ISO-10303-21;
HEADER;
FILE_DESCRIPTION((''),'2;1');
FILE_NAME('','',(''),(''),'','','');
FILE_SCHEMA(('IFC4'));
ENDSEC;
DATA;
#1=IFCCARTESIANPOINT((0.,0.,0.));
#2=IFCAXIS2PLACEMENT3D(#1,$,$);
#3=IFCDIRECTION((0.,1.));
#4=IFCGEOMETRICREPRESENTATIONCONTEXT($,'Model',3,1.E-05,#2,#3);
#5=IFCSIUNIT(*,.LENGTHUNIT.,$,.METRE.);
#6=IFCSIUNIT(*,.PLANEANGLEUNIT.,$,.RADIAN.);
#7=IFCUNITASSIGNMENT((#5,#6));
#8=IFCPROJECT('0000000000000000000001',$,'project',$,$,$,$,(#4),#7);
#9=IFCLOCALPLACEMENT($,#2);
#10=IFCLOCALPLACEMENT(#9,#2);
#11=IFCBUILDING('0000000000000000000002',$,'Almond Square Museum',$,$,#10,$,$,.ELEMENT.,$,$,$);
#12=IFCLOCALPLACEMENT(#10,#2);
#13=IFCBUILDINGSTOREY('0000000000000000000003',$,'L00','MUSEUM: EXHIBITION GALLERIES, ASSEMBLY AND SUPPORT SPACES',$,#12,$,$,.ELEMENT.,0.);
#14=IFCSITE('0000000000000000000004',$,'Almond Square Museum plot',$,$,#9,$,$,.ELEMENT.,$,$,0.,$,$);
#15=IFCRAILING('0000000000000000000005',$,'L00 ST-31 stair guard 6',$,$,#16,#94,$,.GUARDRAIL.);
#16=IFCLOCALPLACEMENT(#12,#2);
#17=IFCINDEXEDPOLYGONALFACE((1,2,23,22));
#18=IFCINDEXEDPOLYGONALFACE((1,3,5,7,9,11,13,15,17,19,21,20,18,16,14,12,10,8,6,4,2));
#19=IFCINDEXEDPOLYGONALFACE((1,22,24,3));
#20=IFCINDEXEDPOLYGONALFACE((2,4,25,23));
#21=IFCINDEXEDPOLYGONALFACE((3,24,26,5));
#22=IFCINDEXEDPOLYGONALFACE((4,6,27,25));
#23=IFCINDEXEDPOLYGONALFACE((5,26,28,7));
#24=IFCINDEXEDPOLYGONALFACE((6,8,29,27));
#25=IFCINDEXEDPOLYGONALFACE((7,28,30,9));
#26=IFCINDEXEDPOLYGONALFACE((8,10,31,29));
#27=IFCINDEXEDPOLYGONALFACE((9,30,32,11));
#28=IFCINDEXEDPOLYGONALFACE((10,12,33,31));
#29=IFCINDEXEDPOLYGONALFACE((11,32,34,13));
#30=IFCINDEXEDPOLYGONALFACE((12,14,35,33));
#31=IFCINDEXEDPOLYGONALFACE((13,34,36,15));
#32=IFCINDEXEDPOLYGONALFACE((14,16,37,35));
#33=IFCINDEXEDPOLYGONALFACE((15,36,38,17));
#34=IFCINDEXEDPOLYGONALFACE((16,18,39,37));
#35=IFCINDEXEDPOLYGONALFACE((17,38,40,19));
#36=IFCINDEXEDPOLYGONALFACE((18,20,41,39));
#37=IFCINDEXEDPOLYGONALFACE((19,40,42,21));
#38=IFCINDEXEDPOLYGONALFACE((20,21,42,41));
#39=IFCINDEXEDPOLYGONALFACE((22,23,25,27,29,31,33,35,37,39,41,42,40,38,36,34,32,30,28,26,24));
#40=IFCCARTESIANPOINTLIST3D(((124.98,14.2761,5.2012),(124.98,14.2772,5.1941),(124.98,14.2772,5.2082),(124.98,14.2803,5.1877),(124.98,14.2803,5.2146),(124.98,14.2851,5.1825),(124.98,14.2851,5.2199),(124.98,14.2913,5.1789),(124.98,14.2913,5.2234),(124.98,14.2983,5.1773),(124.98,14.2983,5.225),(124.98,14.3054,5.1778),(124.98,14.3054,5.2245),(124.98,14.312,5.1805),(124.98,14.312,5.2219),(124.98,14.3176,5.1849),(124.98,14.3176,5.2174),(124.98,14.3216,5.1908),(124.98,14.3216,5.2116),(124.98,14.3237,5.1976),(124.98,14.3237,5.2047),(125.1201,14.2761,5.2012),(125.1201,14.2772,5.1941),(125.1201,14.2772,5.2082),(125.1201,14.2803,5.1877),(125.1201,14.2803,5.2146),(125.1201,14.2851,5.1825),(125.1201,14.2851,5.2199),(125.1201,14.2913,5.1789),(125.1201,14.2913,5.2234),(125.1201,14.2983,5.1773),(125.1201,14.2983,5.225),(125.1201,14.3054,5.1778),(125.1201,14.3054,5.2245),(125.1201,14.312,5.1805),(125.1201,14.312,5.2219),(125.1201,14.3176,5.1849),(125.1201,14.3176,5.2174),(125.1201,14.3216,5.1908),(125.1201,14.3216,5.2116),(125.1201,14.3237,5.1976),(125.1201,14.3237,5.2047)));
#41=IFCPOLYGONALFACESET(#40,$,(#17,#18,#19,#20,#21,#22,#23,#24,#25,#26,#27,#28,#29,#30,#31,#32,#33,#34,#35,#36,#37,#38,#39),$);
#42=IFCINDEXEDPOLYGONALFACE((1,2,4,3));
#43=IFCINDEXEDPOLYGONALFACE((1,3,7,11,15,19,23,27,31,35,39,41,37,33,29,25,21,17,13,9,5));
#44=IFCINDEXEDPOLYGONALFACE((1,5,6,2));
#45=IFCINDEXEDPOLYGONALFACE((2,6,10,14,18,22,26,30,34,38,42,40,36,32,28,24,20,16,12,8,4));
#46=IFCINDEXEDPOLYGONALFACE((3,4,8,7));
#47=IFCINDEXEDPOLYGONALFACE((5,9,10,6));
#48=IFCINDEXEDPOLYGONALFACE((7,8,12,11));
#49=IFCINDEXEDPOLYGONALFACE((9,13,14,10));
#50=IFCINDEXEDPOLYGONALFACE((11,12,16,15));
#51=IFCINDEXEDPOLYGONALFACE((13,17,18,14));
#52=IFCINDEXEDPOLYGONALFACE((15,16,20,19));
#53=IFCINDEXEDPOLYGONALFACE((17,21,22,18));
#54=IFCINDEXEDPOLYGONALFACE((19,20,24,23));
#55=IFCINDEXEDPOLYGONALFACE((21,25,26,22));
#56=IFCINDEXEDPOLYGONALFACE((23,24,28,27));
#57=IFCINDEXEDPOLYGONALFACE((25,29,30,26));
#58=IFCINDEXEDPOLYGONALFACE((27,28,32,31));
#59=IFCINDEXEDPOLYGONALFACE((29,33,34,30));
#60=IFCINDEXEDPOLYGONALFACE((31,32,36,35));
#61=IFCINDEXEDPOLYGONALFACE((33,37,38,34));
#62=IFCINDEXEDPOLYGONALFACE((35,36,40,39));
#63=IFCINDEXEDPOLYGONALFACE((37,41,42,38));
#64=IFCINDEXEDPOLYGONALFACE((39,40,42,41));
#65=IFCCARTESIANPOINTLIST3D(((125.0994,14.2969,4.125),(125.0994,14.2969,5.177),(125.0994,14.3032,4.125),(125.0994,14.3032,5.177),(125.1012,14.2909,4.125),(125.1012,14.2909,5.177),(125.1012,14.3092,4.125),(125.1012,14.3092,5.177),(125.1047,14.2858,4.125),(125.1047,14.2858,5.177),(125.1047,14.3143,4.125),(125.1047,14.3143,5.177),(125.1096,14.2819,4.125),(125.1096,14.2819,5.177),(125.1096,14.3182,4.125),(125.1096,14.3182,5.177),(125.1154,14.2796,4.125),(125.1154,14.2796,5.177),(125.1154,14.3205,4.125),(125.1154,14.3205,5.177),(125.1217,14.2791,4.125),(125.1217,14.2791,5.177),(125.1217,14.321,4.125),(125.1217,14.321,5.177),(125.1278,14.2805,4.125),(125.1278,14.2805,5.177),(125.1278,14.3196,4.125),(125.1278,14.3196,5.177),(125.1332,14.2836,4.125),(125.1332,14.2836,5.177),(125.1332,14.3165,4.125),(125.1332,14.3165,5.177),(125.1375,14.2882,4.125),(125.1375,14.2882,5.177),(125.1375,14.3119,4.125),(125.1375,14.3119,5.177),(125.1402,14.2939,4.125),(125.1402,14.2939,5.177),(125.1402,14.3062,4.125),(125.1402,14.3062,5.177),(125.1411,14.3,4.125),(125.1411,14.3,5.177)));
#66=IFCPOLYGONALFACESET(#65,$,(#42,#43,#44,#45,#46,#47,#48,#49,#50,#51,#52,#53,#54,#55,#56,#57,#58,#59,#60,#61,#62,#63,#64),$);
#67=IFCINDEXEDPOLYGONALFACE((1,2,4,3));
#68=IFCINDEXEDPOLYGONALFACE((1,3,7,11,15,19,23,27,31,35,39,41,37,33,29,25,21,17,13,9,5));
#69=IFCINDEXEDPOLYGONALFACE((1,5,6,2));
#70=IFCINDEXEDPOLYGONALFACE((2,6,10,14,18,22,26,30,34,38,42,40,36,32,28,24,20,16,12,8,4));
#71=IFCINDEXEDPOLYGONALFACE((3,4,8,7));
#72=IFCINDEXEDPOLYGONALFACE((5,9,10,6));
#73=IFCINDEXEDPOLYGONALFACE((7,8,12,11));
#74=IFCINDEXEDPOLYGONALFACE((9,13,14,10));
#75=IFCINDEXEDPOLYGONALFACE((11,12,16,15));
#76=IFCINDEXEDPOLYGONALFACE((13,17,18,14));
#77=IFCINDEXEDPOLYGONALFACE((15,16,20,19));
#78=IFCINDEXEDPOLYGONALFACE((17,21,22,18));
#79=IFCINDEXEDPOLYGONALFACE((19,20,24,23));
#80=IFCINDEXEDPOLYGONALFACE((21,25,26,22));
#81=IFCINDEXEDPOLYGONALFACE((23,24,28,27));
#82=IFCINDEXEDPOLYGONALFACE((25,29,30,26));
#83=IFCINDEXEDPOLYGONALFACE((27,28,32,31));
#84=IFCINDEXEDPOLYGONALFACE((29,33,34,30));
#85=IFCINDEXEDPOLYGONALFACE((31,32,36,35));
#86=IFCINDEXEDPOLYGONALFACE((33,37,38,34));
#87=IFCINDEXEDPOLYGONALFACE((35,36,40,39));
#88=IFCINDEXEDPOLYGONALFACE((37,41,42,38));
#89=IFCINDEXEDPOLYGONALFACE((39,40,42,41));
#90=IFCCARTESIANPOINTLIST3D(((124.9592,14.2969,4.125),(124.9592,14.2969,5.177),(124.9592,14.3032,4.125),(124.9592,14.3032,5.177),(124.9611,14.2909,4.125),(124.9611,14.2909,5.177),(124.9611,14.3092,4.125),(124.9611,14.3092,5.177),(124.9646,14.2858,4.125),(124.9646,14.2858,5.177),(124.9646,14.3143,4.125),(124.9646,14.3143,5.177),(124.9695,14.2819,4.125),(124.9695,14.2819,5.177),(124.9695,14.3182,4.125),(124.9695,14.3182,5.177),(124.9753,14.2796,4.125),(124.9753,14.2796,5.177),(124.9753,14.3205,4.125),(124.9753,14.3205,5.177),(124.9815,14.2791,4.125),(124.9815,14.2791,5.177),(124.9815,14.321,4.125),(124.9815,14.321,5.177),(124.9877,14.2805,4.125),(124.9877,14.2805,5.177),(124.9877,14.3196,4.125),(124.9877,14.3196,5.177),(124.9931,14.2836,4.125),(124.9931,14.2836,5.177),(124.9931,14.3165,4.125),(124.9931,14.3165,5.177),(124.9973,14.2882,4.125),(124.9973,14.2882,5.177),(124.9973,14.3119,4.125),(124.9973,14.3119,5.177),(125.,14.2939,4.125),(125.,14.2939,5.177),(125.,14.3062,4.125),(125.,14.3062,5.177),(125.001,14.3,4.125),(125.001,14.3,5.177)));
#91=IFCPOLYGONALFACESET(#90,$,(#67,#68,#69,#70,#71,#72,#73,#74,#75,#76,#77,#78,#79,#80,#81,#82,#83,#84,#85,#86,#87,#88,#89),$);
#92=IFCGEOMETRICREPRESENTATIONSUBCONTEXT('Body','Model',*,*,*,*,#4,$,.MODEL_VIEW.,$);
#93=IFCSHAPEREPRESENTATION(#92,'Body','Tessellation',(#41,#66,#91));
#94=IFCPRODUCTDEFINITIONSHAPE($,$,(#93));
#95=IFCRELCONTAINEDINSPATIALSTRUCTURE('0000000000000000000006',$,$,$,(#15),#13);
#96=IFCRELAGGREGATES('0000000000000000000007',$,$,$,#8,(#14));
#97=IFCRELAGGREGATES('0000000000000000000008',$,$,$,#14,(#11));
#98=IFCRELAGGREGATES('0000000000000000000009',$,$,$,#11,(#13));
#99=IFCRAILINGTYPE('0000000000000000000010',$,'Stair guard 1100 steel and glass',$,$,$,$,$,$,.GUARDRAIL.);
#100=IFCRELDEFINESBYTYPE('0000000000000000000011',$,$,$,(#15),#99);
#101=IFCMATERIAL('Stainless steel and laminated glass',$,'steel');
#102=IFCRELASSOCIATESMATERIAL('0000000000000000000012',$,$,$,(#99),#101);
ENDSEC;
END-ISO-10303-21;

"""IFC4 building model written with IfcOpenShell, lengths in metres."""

from ifc_helpers import new_model, si_unit, direction, frame, origin, origin_2d, place, context, subcontext, project, spatial, circle, extrude, material, type_object, element, save


model = new_model("IFC4")

# Units and contexts
model_context = context("Model", 3, precision=1e-05, world=origin(), true_north=direction((0.0, 1.0)))
body_context = subcontext(model_context, "Body", "Model", "MODEL_VIEW")
ifc_project = project(units=[si_unit("LENGTHUNIT", "METRE"), si_unit("PLANEANGLEUNIT", "RADIAN")], contexts=[model_context])

# Site, building, storey
site_placement = place(None, origin())
site = spatial("IfcSite", under=ifc_project, at=site_placement, Name="Almond Square Museum plot", CompositionType="ELEMENT", RefElevation=0.0)
building_placement = place(site_placement, origin())
building = spatial("IfcBuilding", under=site, at=building_placement, Name="Almond Square Museum", CompositionType="ELEMENT")
storey_placement = place(building_placement, origin())
storey = spatial("IfcBuildingStorey", under=building, at=storey_placement, Name="L00", Description="MUSEUM: EXHIBITION GALLERIES, ASSEMBLY AND SUPPORT SPACES", CompositionType="ELEMENT", Elevation=0.0)

# Railing
ifc_material_1 = material(Name="Stainless steel and laminated glass", Category="steel")
railing_type_1 = type_object("IfcRailingType", Name="Stair guard 1100 steel and glass", PredefinedType="GUARDRAIL", material=ifc_material_1)
railing_1_placement = place(storey_placement, frame((125.1201, 14.3, 4.125)))
element("IfcRailing", 1, at=railing_1_placement, inside=storey, type_object=railing_type_1, Name="L00 ST-31 stair guard 6", PredefinedType="GUARDRAIL", context=body_context, shape_type="SweptSolid", body=[
    extrude(circle(Radius=0.0239, at=origin_2d()), frame((0.0, 0.0, 1.0762), z_axis=(-1.0, 0.0, 0.0), x_axis=(0.0, -1.0, 0.0)), (0.0, 0.0, 1.0), 0.1401),
    extrude(circle(Radius=0.021, at=origin_2d()), origin(), (0.0, 0.0, 1.0), 1.052),
    extrude(circle(Radius=0.021, at=origin_2d()), frame((-0.1401, 0.0, 0.0)), (0.0, 0.0, 1.0), 1.052),
])

save(model, "model.ifc")
